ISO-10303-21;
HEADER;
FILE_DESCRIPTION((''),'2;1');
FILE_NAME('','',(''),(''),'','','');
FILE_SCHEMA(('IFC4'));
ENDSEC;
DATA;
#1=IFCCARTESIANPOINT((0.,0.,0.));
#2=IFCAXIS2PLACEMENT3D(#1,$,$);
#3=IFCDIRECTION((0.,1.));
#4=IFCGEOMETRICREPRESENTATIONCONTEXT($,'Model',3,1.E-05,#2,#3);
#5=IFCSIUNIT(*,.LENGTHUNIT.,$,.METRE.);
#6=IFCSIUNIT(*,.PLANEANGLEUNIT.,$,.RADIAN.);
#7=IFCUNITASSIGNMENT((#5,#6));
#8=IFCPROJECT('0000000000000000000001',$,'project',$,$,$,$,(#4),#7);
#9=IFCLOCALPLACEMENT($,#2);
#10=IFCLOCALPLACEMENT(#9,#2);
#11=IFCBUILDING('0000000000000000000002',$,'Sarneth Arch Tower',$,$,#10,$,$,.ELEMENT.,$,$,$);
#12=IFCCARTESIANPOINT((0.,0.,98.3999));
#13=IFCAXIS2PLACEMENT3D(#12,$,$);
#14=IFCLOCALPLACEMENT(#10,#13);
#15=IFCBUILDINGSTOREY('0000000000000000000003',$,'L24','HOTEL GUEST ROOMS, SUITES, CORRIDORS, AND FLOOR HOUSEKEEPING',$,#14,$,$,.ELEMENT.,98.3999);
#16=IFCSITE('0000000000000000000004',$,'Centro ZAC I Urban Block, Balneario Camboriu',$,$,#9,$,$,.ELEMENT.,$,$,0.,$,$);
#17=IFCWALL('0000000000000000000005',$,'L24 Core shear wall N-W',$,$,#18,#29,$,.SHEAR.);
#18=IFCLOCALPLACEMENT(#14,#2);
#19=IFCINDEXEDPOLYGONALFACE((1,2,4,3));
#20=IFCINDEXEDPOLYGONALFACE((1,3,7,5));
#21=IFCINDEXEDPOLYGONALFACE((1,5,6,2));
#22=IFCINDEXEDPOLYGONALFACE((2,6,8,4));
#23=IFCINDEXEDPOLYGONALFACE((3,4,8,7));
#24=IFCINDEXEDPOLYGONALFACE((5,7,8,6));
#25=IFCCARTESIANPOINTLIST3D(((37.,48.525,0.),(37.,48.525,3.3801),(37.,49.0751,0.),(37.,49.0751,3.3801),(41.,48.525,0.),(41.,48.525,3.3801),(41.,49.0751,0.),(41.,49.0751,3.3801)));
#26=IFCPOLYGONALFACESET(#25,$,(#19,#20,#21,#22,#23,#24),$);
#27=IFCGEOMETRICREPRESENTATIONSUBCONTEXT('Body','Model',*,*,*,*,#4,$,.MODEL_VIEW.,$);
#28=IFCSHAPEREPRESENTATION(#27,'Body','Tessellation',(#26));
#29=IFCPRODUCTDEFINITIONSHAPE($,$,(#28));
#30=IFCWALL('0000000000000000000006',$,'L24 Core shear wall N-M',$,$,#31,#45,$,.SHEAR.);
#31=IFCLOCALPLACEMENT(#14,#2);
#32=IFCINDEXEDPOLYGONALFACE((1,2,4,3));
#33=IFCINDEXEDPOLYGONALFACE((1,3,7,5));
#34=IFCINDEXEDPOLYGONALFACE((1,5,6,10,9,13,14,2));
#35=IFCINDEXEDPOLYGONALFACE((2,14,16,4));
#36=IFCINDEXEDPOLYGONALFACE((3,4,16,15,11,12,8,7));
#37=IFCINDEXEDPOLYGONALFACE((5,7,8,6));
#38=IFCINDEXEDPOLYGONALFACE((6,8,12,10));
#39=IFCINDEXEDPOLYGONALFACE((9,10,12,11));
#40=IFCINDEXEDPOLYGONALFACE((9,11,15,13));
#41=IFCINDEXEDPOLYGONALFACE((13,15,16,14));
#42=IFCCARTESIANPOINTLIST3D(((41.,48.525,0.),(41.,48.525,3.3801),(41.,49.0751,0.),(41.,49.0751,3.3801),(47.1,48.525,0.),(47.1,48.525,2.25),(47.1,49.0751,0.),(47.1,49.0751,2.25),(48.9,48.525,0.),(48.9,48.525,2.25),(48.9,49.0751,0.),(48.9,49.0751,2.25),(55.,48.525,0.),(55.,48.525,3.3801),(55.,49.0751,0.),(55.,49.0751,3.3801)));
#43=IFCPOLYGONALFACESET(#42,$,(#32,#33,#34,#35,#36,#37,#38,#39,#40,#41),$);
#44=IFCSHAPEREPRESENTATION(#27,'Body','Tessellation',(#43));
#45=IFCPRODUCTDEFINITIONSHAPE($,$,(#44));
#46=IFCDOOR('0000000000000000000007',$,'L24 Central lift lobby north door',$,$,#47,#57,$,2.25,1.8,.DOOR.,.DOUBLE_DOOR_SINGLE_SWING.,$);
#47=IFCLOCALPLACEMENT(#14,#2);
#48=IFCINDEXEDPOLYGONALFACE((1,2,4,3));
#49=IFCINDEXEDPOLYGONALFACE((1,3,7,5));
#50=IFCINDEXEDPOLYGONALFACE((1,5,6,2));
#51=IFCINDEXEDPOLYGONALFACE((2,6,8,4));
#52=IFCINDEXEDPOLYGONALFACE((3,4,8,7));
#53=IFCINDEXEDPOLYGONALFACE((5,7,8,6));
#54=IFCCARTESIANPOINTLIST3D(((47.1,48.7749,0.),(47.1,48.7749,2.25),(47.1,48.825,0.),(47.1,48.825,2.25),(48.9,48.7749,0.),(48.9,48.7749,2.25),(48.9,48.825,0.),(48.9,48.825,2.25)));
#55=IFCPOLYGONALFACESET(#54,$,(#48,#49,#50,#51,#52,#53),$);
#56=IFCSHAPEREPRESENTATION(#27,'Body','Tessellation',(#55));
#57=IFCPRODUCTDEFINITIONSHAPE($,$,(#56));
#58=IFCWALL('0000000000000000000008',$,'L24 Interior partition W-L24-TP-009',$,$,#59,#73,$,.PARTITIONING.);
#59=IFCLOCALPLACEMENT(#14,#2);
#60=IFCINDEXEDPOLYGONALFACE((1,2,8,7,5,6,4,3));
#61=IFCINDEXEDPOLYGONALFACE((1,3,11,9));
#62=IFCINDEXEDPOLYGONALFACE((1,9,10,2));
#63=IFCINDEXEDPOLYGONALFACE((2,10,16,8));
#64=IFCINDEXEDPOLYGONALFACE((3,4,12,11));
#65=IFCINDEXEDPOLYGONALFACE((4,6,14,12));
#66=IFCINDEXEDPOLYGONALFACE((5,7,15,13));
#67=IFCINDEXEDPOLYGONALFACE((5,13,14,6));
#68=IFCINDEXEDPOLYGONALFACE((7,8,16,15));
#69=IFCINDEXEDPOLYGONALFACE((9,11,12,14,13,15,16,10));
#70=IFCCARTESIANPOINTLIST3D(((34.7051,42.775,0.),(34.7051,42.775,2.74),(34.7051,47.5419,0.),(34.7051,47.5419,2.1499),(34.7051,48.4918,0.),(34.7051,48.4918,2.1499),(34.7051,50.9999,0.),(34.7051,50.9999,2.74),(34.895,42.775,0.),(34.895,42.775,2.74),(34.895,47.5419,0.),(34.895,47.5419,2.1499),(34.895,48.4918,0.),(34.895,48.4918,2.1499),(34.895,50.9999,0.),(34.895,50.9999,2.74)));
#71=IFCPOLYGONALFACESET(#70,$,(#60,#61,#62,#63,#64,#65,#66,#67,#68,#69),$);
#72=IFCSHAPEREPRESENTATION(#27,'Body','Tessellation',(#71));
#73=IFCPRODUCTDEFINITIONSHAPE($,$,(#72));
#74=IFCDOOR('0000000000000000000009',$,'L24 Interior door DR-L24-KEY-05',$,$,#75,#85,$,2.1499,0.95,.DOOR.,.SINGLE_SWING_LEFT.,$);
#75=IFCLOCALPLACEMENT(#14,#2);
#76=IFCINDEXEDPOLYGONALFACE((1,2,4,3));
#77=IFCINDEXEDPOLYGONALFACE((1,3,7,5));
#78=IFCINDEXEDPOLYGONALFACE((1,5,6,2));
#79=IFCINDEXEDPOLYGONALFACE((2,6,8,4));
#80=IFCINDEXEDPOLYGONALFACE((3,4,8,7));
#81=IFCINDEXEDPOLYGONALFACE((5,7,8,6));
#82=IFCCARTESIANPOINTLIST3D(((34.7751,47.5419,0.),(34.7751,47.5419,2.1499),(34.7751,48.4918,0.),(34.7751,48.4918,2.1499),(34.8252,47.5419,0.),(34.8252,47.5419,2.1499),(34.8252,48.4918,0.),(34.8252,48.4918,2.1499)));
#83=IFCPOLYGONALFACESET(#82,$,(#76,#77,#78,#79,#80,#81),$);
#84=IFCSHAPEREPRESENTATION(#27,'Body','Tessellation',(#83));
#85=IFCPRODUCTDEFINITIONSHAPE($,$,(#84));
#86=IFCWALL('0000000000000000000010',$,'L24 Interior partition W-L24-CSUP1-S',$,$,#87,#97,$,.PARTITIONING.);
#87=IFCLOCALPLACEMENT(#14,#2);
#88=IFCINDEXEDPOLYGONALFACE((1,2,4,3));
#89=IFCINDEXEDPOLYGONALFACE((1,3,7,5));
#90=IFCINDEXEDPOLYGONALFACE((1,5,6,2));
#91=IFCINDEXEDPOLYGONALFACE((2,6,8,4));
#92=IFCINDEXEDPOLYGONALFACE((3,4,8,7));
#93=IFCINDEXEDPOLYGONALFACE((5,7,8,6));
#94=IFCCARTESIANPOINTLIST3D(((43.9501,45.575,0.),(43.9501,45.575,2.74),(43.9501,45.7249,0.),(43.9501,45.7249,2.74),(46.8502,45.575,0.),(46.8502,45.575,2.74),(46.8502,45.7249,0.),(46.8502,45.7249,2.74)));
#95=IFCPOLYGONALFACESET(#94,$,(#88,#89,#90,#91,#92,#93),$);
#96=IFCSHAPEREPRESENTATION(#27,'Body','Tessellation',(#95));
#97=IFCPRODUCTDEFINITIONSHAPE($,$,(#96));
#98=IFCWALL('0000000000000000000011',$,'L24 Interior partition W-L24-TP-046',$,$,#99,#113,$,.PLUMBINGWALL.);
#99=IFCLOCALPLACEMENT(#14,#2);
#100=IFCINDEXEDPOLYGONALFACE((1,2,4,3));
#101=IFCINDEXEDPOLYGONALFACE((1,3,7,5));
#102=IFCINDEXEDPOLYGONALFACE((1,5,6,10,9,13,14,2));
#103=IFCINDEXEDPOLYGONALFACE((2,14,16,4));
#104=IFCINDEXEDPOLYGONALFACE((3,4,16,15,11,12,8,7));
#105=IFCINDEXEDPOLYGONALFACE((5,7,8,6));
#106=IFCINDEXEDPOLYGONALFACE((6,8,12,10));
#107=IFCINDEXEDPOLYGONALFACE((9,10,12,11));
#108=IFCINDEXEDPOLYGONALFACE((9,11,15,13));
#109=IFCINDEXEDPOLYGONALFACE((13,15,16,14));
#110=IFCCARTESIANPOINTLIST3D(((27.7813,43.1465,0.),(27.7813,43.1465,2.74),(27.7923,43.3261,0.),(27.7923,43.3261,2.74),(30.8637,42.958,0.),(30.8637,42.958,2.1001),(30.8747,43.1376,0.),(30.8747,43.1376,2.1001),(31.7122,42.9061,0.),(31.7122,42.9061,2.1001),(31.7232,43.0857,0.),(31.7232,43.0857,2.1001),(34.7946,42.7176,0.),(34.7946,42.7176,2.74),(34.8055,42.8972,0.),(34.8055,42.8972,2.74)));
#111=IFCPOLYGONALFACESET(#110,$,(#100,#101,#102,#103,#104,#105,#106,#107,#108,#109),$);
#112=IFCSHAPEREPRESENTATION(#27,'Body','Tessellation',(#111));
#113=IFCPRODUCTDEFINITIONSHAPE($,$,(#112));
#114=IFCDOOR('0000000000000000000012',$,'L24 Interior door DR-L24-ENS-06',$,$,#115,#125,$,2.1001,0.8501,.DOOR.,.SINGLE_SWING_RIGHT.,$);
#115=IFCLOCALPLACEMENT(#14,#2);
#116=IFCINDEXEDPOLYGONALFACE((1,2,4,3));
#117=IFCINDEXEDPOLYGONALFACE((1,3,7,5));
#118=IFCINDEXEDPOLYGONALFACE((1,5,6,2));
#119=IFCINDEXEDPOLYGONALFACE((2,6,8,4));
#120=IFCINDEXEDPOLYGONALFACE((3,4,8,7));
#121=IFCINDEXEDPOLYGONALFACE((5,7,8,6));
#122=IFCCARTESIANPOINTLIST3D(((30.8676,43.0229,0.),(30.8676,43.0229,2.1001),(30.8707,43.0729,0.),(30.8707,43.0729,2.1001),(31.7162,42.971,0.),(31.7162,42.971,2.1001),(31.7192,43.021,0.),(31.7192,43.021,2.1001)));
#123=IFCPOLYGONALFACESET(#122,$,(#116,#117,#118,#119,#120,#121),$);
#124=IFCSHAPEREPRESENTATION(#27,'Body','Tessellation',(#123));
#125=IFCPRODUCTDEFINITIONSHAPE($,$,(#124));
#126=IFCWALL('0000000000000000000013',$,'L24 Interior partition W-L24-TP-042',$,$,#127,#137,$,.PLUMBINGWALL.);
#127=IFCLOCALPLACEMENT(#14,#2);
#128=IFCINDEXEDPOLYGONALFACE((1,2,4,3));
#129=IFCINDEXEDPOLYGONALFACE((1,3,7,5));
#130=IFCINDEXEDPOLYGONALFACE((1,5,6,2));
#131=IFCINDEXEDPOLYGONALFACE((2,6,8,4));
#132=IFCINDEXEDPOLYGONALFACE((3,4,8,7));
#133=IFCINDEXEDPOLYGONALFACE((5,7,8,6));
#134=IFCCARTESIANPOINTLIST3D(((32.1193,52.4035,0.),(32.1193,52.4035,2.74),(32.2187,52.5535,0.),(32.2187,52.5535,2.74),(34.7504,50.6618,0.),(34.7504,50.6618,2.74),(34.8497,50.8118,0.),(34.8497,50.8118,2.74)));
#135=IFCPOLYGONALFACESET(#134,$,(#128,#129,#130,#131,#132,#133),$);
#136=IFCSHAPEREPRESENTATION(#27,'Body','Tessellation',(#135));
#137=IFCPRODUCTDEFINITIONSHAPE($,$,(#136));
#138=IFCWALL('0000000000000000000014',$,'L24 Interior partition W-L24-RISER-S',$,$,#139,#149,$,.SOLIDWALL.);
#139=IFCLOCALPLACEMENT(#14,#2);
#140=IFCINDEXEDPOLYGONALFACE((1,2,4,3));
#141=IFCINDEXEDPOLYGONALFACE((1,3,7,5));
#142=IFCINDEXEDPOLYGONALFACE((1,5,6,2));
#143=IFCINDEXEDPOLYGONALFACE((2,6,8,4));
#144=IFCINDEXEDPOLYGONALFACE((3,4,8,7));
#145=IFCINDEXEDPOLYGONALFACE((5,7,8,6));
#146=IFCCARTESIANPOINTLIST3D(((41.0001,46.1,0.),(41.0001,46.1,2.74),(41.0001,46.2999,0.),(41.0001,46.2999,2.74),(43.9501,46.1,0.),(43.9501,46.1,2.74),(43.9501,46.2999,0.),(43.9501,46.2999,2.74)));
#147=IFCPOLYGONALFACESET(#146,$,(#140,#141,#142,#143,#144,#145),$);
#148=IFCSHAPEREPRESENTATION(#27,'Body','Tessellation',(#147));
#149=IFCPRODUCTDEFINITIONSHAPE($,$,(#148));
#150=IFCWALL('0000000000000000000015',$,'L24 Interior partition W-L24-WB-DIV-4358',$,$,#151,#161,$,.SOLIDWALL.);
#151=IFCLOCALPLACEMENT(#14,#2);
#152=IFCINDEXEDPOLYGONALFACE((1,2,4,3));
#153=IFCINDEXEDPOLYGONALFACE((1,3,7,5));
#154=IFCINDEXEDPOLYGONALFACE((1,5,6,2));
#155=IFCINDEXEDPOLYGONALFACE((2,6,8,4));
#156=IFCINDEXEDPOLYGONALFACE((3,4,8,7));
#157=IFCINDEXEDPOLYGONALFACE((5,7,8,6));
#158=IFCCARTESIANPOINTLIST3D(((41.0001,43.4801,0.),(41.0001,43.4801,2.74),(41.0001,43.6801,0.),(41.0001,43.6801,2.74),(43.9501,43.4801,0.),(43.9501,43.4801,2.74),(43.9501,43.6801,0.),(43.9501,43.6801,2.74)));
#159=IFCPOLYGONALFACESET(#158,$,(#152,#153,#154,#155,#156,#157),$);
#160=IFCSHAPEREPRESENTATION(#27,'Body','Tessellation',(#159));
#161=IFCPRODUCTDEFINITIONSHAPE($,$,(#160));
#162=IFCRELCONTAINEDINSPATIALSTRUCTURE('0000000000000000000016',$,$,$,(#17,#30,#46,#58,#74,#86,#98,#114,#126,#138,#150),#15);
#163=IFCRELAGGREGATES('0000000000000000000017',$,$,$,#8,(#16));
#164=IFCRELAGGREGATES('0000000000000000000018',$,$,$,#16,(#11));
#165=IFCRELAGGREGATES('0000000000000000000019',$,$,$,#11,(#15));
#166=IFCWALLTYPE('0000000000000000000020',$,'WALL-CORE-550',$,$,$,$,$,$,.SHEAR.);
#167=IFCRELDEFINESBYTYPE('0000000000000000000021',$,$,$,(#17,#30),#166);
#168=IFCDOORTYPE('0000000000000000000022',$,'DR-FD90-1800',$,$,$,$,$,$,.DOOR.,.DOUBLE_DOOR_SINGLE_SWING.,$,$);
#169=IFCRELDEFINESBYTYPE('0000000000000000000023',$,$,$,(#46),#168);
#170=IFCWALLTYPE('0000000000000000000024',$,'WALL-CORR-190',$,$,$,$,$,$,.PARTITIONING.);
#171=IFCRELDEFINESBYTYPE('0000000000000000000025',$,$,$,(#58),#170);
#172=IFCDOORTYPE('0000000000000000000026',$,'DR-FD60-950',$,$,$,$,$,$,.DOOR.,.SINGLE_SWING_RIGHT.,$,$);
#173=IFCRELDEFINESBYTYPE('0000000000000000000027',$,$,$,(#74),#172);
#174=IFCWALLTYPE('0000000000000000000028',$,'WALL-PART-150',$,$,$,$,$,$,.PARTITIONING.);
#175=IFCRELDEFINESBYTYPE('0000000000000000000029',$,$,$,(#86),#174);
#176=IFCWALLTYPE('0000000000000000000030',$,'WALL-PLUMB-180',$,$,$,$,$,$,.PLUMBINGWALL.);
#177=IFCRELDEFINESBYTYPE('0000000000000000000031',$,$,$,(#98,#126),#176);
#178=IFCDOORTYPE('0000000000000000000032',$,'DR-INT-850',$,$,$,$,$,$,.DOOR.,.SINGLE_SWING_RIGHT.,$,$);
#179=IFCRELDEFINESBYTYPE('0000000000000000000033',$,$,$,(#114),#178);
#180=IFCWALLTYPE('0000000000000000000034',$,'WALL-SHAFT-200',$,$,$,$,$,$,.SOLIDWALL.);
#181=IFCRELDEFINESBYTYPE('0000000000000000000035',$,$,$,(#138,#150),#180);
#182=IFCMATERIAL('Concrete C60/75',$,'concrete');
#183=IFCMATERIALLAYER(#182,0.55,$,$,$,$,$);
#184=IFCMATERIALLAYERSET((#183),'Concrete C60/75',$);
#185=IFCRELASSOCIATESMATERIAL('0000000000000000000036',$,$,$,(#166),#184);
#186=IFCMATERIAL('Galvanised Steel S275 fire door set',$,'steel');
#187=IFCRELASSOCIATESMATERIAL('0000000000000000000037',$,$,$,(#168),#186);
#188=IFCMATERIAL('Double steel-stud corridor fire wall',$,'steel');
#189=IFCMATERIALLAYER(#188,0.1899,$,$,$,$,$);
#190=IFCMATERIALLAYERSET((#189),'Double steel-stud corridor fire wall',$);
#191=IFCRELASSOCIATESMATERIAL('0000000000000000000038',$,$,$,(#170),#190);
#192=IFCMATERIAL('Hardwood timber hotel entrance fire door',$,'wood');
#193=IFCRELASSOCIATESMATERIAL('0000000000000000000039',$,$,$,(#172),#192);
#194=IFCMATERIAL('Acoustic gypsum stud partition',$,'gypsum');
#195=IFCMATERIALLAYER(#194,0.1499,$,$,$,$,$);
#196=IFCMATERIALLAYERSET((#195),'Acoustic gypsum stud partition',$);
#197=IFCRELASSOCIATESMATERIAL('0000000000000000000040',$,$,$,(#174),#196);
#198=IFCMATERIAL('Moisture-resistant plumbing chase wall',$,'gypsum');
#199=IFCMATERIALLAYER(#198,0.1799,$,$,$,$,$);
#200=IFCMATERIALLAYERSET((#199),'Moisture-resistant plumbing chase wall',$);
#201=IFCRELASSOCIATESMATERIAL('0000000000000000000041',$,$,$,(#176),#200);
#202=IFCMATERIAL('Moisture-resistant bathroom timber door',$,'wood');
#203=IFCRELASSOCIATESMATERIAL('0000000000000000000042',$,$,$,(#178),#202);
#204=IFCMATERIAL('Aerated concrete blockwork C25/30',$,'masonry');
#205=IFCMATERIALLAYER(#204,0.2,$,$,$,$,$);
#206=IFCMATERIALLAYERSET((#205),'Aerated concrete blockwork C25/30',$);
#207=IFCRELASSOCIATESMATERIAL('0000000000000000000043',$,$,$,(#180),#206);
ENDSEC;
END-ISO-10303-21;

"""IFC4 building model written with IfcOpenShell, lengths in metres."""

from ifc_helpers import new_model, si_unit, direction, frame, frame_2d, origin, place, context, subcontext, project, spatial, rectangle, extrude, material, layer, layer_set, type_object, element, fill, save


model = new_model("IFC4")

# Units and contexts
model_context = context("Model", 3, precision=1e-05, world=origin(), true_north=direction((0.0, 1.0)))
body_context = subcontext(model_context, "Body", "Model", "MODEL_VIEW")
ifc_project = project(units=[si_unit("LENGTHUNIT", "METRE"), si_unit("PLANEANGLEUNIT", "RADIAN")], contexts=[model_context])

# Site, building, storey
site_placement = place(None, origin())
site = spatial("IfcSite", under=ifc_project, at=site_placement, Name="Centro ZAC I Urban Block, Balneario Camboriu", CompositionType="ELEMENT", RefElevation=0.0)
building_placement = place(site_placement, origin())
building = spatial("IfcBuilding", under=site, at=building_placement, Name="Sarneth Arch Tower", CompositionType="ELEMENT")
storey_placement = place(building_placement, frame((0.0, 0.0, 98.3999)))
storey = spatial("IfcBuildingStorey", under=building, at=storey_placement, Name="L24", Description="HOTEL GUEST ROOMS, SUITES, CORRIDORS, AND FLOOR HOUSEKEEPING", CompositionType="ELEMENT", Elevation=98.3999)

# Wall
ifc_material_1 = material(Name="Concrete C60/75", Category="concrete")
ifc_layer_1 = layer(ifc_material_1, 0.55)
ifc_layer_set_1 = layer_set([ifc_layer_1], Name="Concrete C60/75")
wall_type_1 = type_object("IfcWallType", Name="WALL-CORE-550", PredefinedType="SHEAR", material=ifc_layer_set_1)
wall_1_placement = place(storey_placement, frame((37.0, 48.8, 0.0), z_axis=(0.0, 0.0, 1.0), x_axis=(1.0, 0.0, 0.0)))
element("IfcWall", 1, at=wall_1_placement, inside=storey, type_object=wall_type_1, Name="L24 Core shear wall N-W", PredefinedType="SHEAR", context=body_context, shape_type="SweptSolid", body=[
    extrude(rectangle(XDim=4.0, YDim=0.55, at=frame_2d((2.0, 0.0))), origin(), (0.0, 0.0, 1.0), 3.3801),
])

# Walls, openings, doors
wall_2_placement = place(storey_placement, frame((41.0, 48.8, 0.0), z_axis=(0.0, 0.0, 1.0), x_axis=(1.0, 0.0, 0.0)))
wall_2 = element("IfcWall", 2, at=wall_2_placement, inside=storey, type_object=wall_type_1, Name="L24 Core shear wall N-M", PredefinedType="SHEAR", context=body_context, shape_type="SweptSolid", body=[
    extrude(rectangle(XDim=14.0, YDim=0.55, at=frame_2d((7.0, 0.0))), origin(), (0.0, 0.0, 1.0), 3.3801),
])
opening_1_placement = place(wall_2_placement, frame((6.1001, 0.0, 0.0)))
opening_1 = element("IfcOpeningElement", 3, at=opening_1_placement, cuts=wall_2, PredefinedType="OPENING", context=body_context, shape_type="SweptSolid", body=[
    extrude(rectangle(XDim=1.8, YDim=2.25, at=frame_2d((0.8999, 1.125))), frame((0.0, 0.2849, 0.0), z_axis=(0.0, -1.0, 0.0), x_axis=(1.0, 0.0, 0.0)), (0.0, 0.0, 1.0), 0.5701),
])
ifc_material_2 = material(Name="Galvanised Steel S275 fire door set", Category="steel")
door_type_1 = type_object("IfcDoorType", Name="DR-FD90-1800", OperationType="DOUBLE_DOOR_SINGLE_SWING", PredefinedType="DOOR", material=ifc_material_2)
door_1_placement = place(opening_1_placement, origin())
door_1 = element("IfcDoor", 4, at=door_1_placement, inside=storey, type_object=door_type_1, Name="L24 Central lift lobby north door", OperationType="DOUBLE_DOOR_SINGLE_SWING", OverallHeight=2.25, OverallWidth=1.8, PredefinedType="DOOR", context=body_context, shape_type="SweptSolid", body=[
    extrude(rectangle(XDim=1.8, YDim=2.25, at=frame_2d((0.8999, 1.125))), frame((0.0, 0.0249, 0.0), z_axis=(0.0, -1.0, 0.0), x_axis=(1.0, 0.0, 0.0)), (0.0, 0.0, 1.0), 0.05),
])
fill(opening_1, door_1)
ifc_material_3 = material(Name="Double steel-stud corridor fire wall", Category="steel")
ifc_layer_2 = layer(ifc_material_3, 0.1899)
ifc_layer_set_2 = layer_set([ifc_layer_2], Name="Double steel-stud corridor fire wall")
wall_type_2 = type_object("IfcWallType", Name="WALL-CORR-190", PredefinedType="PARTITIONING", material=ifc_layer_set_2)
wall_3_placement = place(storey_placement, frame((34.8, 42.7751, 0.0), z_axis=(0.0, 0.0, 1.0), x_axis=(0.0, 1.0, 0.0)))
wall_3 = element("IfcWall", 5, at=wall_3_placement, inside=storey, type_object=wall_type_2, Name="L24 Interior partition W-L24-TP-009", PredefinedType="PARTITIONING", context=body_context, shape_type="SweptSolid", body=[
    extrude(rectangle(XDim=8.2249, YDim=0.1899, at=frame_2d((4.1123, 0.0))), origin(), (0.0, 0.0, 1.0), 2.74),
])
opening_2_placement = place(wall_3_placement, frame((4.7666, 0.0, 0.0)))
opening_2 = element("IfcOpeningElement", 6, at=opening_2_placement, cuts=wall_3, PredefinedType="OPENING", context=body_context, shape_type="SweptSolid", body=[
    extrude(rectangle(XDim=0.95, YDim=2.1499, at=frame_2d((0.4751, 1.075))), frame((0.0, 0.105, 0.0), z_axis=(0.0, -1.0, 0.0), x_axis=(1.0, 0.0, 0.0)), (0.0, 0.0, 1.0), 0.21),
])
ifc_material_4 = material(Name="Hardwood timber hotel entrance fire door", Category="wood")
door_type_2 = type_object("IfcDoorType", Name="DR-FD60-950", OperationType="SINGLE_SWING_RIGHT", PredefinedType="DOOR", material=ifc_material_4)
door_2_placement = place(opening_2_placement, origin())
door_2 = element("IfcDoor", 7, at=door_2_placement, inside=storey, type_object=door_type_2, Name="L24 Interior door DR-L24-KEY-05", OperationType="SINGLE_SWING_LEFT", OverallHeight=2.1499, OverallWidth=0.95, PredefinedType="DOOR", context=body_context, shape_type="SweptSolid", body=[
    extrude(rectangle(XDim=0.95, YDim=2.1499, at=frame_2d((0.4751, 1.075))), frame((0.0, 0.0249, 0.0), z_axis=(0.0, -1.0, 0.0), x_axis=(1.0, 0.0, 0.0)), (0.0, 0.0, 1.0), 0.05),
])
fill(opening_2, door_2)

# Wall
ifc_material_5 = material(Name="Acoustic gypsum stud partition", Category="gypsum")
ifc_layer_3 = layer(ifc_material_5, 0.1499)
ifc_layer_set_3 = layer_set([ifc_layer_3], Name="Acoustic gypsum stud partition")
wall_type_3 = type_object("IfcWallType", Name="WALL-PART-150", PredefinedType="PARTITIONING", material=ifc_layer_set_3)
wall_4_placement = place(storey_placement, frame((43.95, 45.6499, 0.0), z_axis=(0.0, 0.0, 1.0), x_axis=(1.0, 0.0, 0.0)))
element("IfcWall", 8, at=wall_4_placement, inside=storey, type_object=wall_type_3, Name="L24 Interior partition W-L24-CSUP1-S", PredefinedType="PARTITIONING", context=body_context, shape_type="SweptSolid", body=[
    extrude(rectangle(XDim=2.9001, YDim=0.1499, at=frame_2d((1.4502, 0.0))), origin(), (0.0, 0.0, 1.0), 2.74),
])

# Wall, opening, door
ifc_material_6 = material(Name="Moisture-resistant plumbing chase wall", Category="gypsum")
ifc_layer_4 = layer(ifc_material_6, 0.1799)
ifc_layer_set_4 = layer_set([ifc_layer_4], Name="Moisture-resistant plumbing chase wall")
wall_type_4 = type_object("IfcWallType", Name="WALL-PLUMB-180", PredefinedType="PLUMBINGWALL", material=ifc_layer_set_4)
wall_5_placement = place(storey_placement, frame((34.8, 42.8074, 0.0), z_axis=(0.0, 0.0, 1.0), x_axis=(-0.998135, 0.06105, 0.0)))
wall_5 = element("IfcWall", 9, at=wall_5_placement, inside=storey, type_object=wall_type_4, Name="L24 Interior partition W-L24-TP-046", PredefinedType="PLUMBINGWALL", context=body_context, shape_type="SweptSolid", body=[
    extrude(rectangle(XDim=7.0264, YDim=0.1799, at=frame_2d((3.5132, 0.0))), origin(), (0.0, 0.0, 1.0), 2.74),
])
opening_3_placement = place(wall_5_placement, frame((3.0881, 0.0, 0.0)))
opening_3 = element("IfcOpeningElement", 10, at=opening_3_placement, cuts=wall_5, PredefinedType="OPENING", context=body_context, shape_type="SweptSolid", body=[
    extrude(rectangle(XDim=0.8501, YDim=2.1001, at=frame_2d((0.425, 1.05))), frame((0.0, 0.0999, 0.0), z_axis=(0.0, -1.0, 0.0), x_axis=(1.0, 0.0, 0.0)), (0.0, 0.0, 1.0), 0.2),
])
ifc_material_7 = material(Name="Moisture-resistant bathroom timber door", Category="wood")
door_type_3 = type_object("IfcDoorType", Name="DR-INT-850", OperationType="SINGLE_SWING_RIGHT", PredefinedType="DOOR", material=ifc_material_7)
door_3_placement = place(opening_3_placement, origin())
door_3 = element("IfcDoor", 11, at=door_3_placement, inside=storey, type_object=door_type_3, Name="L24 Interior door DR-L24-ENS-06", OperationType="SINGLE_SWING_RIGHT", OverallHeight=2.1001, OverallWidth=0.8501, PredefinedType="DOOR", context=body_context, shape_type="SweptSolid", body=[
    extrude(rectangle(XDim=0.8501, YDim=2.1001, at=frame_2d((0.425, 1.05))), frame((0.0, 0.0249, 0.0), z_axis=(0.0, -1.0, 0.0), x_axis=(1.0, 0.0, 0.0)), (0.0, 0.0, 1.0), 0.05),
])
fill(opening_3, door_3)

# Walls
wall_6_placement = place(storey_placement, frame((34.8, 50.7368, 0.0), z_axis=(0.0, 0.0, 1.0), x_axis=(-0.833855, 0.551983, 0.0)))
element("IfcWall", 12, at=wall_6_placement, inside=storey, type_object=wall_type_4, Name="L24 Interior partition W-L24-TP-042", PredefinedType="PLUMBINGWALL", context=body_context, shape_type="SweptSolid", body=[
    extrude(rectangle(XDim=3.1553, YDim=0.1799, at=frame_2d((1.5776, 0.0))), origin(), (0.0, 0.0, 1.0), 2.74),
])
ifc_material_8 = material(Name="Aerated concrete blockwork C25/30", Category="masonry")
ifc_layer_5 = layer(ifc_material_8, 0.2)
ifc_layer_set_5 = layer_set([ifc_layer_5], Name="Aerated concrete blockwork C25/30")
wall_type_5 = type_object("IfcWallType", Name="WALL-SHAFT-200", PredefinedType="SOLIDWALL", material=ifc_layer_set_5)
wall_7_placement = place(storey_placement, frame((41.0, 46.2, 0.0), z_axis=(0.0, 0.0, 1.0), x_axis=(1.0, 0.0, 0.0)))
element("IfcWall", 13, at=wall_7_placement, inside=storey, type_object=wall_type_5, Name="L24 Interior partition W-L24-RISER-S", PredefinedType="SOLIDWALL", context=body_context, shape_type="SweptSolid", body=[
    extrude(rectangle(XDim=2.95, YDim=0.2, at=frame_2d((1.4751, 0.0))), origin(), (0.0, 0.0, 1.0), 2.74),
])

# Wall
wall_8_placement = place(storey_placement, frame((41.0, 43.5801, 0.0), z_axis=(0.0, 0.0, 1.0), x_axis=(1.0, 0.0, 0.0)))
element("IfcWall", 14, at=wall_8_placement, inside=storey, type_object=wall_type_5, Name="L24 Interior partition W-L24-WB-DIV-4358", PredefinedType="SOLIDWALL", context=body_context, shape_type="SweptSolid", body=[
    extrude(rectangle(XDim=2.95, YDim=0.2, at=frame_2d((1.4751, 0.0))), origin(), (0.0, 0.0, 1.0), 2.74),
])

save(model, "model.ifc")
